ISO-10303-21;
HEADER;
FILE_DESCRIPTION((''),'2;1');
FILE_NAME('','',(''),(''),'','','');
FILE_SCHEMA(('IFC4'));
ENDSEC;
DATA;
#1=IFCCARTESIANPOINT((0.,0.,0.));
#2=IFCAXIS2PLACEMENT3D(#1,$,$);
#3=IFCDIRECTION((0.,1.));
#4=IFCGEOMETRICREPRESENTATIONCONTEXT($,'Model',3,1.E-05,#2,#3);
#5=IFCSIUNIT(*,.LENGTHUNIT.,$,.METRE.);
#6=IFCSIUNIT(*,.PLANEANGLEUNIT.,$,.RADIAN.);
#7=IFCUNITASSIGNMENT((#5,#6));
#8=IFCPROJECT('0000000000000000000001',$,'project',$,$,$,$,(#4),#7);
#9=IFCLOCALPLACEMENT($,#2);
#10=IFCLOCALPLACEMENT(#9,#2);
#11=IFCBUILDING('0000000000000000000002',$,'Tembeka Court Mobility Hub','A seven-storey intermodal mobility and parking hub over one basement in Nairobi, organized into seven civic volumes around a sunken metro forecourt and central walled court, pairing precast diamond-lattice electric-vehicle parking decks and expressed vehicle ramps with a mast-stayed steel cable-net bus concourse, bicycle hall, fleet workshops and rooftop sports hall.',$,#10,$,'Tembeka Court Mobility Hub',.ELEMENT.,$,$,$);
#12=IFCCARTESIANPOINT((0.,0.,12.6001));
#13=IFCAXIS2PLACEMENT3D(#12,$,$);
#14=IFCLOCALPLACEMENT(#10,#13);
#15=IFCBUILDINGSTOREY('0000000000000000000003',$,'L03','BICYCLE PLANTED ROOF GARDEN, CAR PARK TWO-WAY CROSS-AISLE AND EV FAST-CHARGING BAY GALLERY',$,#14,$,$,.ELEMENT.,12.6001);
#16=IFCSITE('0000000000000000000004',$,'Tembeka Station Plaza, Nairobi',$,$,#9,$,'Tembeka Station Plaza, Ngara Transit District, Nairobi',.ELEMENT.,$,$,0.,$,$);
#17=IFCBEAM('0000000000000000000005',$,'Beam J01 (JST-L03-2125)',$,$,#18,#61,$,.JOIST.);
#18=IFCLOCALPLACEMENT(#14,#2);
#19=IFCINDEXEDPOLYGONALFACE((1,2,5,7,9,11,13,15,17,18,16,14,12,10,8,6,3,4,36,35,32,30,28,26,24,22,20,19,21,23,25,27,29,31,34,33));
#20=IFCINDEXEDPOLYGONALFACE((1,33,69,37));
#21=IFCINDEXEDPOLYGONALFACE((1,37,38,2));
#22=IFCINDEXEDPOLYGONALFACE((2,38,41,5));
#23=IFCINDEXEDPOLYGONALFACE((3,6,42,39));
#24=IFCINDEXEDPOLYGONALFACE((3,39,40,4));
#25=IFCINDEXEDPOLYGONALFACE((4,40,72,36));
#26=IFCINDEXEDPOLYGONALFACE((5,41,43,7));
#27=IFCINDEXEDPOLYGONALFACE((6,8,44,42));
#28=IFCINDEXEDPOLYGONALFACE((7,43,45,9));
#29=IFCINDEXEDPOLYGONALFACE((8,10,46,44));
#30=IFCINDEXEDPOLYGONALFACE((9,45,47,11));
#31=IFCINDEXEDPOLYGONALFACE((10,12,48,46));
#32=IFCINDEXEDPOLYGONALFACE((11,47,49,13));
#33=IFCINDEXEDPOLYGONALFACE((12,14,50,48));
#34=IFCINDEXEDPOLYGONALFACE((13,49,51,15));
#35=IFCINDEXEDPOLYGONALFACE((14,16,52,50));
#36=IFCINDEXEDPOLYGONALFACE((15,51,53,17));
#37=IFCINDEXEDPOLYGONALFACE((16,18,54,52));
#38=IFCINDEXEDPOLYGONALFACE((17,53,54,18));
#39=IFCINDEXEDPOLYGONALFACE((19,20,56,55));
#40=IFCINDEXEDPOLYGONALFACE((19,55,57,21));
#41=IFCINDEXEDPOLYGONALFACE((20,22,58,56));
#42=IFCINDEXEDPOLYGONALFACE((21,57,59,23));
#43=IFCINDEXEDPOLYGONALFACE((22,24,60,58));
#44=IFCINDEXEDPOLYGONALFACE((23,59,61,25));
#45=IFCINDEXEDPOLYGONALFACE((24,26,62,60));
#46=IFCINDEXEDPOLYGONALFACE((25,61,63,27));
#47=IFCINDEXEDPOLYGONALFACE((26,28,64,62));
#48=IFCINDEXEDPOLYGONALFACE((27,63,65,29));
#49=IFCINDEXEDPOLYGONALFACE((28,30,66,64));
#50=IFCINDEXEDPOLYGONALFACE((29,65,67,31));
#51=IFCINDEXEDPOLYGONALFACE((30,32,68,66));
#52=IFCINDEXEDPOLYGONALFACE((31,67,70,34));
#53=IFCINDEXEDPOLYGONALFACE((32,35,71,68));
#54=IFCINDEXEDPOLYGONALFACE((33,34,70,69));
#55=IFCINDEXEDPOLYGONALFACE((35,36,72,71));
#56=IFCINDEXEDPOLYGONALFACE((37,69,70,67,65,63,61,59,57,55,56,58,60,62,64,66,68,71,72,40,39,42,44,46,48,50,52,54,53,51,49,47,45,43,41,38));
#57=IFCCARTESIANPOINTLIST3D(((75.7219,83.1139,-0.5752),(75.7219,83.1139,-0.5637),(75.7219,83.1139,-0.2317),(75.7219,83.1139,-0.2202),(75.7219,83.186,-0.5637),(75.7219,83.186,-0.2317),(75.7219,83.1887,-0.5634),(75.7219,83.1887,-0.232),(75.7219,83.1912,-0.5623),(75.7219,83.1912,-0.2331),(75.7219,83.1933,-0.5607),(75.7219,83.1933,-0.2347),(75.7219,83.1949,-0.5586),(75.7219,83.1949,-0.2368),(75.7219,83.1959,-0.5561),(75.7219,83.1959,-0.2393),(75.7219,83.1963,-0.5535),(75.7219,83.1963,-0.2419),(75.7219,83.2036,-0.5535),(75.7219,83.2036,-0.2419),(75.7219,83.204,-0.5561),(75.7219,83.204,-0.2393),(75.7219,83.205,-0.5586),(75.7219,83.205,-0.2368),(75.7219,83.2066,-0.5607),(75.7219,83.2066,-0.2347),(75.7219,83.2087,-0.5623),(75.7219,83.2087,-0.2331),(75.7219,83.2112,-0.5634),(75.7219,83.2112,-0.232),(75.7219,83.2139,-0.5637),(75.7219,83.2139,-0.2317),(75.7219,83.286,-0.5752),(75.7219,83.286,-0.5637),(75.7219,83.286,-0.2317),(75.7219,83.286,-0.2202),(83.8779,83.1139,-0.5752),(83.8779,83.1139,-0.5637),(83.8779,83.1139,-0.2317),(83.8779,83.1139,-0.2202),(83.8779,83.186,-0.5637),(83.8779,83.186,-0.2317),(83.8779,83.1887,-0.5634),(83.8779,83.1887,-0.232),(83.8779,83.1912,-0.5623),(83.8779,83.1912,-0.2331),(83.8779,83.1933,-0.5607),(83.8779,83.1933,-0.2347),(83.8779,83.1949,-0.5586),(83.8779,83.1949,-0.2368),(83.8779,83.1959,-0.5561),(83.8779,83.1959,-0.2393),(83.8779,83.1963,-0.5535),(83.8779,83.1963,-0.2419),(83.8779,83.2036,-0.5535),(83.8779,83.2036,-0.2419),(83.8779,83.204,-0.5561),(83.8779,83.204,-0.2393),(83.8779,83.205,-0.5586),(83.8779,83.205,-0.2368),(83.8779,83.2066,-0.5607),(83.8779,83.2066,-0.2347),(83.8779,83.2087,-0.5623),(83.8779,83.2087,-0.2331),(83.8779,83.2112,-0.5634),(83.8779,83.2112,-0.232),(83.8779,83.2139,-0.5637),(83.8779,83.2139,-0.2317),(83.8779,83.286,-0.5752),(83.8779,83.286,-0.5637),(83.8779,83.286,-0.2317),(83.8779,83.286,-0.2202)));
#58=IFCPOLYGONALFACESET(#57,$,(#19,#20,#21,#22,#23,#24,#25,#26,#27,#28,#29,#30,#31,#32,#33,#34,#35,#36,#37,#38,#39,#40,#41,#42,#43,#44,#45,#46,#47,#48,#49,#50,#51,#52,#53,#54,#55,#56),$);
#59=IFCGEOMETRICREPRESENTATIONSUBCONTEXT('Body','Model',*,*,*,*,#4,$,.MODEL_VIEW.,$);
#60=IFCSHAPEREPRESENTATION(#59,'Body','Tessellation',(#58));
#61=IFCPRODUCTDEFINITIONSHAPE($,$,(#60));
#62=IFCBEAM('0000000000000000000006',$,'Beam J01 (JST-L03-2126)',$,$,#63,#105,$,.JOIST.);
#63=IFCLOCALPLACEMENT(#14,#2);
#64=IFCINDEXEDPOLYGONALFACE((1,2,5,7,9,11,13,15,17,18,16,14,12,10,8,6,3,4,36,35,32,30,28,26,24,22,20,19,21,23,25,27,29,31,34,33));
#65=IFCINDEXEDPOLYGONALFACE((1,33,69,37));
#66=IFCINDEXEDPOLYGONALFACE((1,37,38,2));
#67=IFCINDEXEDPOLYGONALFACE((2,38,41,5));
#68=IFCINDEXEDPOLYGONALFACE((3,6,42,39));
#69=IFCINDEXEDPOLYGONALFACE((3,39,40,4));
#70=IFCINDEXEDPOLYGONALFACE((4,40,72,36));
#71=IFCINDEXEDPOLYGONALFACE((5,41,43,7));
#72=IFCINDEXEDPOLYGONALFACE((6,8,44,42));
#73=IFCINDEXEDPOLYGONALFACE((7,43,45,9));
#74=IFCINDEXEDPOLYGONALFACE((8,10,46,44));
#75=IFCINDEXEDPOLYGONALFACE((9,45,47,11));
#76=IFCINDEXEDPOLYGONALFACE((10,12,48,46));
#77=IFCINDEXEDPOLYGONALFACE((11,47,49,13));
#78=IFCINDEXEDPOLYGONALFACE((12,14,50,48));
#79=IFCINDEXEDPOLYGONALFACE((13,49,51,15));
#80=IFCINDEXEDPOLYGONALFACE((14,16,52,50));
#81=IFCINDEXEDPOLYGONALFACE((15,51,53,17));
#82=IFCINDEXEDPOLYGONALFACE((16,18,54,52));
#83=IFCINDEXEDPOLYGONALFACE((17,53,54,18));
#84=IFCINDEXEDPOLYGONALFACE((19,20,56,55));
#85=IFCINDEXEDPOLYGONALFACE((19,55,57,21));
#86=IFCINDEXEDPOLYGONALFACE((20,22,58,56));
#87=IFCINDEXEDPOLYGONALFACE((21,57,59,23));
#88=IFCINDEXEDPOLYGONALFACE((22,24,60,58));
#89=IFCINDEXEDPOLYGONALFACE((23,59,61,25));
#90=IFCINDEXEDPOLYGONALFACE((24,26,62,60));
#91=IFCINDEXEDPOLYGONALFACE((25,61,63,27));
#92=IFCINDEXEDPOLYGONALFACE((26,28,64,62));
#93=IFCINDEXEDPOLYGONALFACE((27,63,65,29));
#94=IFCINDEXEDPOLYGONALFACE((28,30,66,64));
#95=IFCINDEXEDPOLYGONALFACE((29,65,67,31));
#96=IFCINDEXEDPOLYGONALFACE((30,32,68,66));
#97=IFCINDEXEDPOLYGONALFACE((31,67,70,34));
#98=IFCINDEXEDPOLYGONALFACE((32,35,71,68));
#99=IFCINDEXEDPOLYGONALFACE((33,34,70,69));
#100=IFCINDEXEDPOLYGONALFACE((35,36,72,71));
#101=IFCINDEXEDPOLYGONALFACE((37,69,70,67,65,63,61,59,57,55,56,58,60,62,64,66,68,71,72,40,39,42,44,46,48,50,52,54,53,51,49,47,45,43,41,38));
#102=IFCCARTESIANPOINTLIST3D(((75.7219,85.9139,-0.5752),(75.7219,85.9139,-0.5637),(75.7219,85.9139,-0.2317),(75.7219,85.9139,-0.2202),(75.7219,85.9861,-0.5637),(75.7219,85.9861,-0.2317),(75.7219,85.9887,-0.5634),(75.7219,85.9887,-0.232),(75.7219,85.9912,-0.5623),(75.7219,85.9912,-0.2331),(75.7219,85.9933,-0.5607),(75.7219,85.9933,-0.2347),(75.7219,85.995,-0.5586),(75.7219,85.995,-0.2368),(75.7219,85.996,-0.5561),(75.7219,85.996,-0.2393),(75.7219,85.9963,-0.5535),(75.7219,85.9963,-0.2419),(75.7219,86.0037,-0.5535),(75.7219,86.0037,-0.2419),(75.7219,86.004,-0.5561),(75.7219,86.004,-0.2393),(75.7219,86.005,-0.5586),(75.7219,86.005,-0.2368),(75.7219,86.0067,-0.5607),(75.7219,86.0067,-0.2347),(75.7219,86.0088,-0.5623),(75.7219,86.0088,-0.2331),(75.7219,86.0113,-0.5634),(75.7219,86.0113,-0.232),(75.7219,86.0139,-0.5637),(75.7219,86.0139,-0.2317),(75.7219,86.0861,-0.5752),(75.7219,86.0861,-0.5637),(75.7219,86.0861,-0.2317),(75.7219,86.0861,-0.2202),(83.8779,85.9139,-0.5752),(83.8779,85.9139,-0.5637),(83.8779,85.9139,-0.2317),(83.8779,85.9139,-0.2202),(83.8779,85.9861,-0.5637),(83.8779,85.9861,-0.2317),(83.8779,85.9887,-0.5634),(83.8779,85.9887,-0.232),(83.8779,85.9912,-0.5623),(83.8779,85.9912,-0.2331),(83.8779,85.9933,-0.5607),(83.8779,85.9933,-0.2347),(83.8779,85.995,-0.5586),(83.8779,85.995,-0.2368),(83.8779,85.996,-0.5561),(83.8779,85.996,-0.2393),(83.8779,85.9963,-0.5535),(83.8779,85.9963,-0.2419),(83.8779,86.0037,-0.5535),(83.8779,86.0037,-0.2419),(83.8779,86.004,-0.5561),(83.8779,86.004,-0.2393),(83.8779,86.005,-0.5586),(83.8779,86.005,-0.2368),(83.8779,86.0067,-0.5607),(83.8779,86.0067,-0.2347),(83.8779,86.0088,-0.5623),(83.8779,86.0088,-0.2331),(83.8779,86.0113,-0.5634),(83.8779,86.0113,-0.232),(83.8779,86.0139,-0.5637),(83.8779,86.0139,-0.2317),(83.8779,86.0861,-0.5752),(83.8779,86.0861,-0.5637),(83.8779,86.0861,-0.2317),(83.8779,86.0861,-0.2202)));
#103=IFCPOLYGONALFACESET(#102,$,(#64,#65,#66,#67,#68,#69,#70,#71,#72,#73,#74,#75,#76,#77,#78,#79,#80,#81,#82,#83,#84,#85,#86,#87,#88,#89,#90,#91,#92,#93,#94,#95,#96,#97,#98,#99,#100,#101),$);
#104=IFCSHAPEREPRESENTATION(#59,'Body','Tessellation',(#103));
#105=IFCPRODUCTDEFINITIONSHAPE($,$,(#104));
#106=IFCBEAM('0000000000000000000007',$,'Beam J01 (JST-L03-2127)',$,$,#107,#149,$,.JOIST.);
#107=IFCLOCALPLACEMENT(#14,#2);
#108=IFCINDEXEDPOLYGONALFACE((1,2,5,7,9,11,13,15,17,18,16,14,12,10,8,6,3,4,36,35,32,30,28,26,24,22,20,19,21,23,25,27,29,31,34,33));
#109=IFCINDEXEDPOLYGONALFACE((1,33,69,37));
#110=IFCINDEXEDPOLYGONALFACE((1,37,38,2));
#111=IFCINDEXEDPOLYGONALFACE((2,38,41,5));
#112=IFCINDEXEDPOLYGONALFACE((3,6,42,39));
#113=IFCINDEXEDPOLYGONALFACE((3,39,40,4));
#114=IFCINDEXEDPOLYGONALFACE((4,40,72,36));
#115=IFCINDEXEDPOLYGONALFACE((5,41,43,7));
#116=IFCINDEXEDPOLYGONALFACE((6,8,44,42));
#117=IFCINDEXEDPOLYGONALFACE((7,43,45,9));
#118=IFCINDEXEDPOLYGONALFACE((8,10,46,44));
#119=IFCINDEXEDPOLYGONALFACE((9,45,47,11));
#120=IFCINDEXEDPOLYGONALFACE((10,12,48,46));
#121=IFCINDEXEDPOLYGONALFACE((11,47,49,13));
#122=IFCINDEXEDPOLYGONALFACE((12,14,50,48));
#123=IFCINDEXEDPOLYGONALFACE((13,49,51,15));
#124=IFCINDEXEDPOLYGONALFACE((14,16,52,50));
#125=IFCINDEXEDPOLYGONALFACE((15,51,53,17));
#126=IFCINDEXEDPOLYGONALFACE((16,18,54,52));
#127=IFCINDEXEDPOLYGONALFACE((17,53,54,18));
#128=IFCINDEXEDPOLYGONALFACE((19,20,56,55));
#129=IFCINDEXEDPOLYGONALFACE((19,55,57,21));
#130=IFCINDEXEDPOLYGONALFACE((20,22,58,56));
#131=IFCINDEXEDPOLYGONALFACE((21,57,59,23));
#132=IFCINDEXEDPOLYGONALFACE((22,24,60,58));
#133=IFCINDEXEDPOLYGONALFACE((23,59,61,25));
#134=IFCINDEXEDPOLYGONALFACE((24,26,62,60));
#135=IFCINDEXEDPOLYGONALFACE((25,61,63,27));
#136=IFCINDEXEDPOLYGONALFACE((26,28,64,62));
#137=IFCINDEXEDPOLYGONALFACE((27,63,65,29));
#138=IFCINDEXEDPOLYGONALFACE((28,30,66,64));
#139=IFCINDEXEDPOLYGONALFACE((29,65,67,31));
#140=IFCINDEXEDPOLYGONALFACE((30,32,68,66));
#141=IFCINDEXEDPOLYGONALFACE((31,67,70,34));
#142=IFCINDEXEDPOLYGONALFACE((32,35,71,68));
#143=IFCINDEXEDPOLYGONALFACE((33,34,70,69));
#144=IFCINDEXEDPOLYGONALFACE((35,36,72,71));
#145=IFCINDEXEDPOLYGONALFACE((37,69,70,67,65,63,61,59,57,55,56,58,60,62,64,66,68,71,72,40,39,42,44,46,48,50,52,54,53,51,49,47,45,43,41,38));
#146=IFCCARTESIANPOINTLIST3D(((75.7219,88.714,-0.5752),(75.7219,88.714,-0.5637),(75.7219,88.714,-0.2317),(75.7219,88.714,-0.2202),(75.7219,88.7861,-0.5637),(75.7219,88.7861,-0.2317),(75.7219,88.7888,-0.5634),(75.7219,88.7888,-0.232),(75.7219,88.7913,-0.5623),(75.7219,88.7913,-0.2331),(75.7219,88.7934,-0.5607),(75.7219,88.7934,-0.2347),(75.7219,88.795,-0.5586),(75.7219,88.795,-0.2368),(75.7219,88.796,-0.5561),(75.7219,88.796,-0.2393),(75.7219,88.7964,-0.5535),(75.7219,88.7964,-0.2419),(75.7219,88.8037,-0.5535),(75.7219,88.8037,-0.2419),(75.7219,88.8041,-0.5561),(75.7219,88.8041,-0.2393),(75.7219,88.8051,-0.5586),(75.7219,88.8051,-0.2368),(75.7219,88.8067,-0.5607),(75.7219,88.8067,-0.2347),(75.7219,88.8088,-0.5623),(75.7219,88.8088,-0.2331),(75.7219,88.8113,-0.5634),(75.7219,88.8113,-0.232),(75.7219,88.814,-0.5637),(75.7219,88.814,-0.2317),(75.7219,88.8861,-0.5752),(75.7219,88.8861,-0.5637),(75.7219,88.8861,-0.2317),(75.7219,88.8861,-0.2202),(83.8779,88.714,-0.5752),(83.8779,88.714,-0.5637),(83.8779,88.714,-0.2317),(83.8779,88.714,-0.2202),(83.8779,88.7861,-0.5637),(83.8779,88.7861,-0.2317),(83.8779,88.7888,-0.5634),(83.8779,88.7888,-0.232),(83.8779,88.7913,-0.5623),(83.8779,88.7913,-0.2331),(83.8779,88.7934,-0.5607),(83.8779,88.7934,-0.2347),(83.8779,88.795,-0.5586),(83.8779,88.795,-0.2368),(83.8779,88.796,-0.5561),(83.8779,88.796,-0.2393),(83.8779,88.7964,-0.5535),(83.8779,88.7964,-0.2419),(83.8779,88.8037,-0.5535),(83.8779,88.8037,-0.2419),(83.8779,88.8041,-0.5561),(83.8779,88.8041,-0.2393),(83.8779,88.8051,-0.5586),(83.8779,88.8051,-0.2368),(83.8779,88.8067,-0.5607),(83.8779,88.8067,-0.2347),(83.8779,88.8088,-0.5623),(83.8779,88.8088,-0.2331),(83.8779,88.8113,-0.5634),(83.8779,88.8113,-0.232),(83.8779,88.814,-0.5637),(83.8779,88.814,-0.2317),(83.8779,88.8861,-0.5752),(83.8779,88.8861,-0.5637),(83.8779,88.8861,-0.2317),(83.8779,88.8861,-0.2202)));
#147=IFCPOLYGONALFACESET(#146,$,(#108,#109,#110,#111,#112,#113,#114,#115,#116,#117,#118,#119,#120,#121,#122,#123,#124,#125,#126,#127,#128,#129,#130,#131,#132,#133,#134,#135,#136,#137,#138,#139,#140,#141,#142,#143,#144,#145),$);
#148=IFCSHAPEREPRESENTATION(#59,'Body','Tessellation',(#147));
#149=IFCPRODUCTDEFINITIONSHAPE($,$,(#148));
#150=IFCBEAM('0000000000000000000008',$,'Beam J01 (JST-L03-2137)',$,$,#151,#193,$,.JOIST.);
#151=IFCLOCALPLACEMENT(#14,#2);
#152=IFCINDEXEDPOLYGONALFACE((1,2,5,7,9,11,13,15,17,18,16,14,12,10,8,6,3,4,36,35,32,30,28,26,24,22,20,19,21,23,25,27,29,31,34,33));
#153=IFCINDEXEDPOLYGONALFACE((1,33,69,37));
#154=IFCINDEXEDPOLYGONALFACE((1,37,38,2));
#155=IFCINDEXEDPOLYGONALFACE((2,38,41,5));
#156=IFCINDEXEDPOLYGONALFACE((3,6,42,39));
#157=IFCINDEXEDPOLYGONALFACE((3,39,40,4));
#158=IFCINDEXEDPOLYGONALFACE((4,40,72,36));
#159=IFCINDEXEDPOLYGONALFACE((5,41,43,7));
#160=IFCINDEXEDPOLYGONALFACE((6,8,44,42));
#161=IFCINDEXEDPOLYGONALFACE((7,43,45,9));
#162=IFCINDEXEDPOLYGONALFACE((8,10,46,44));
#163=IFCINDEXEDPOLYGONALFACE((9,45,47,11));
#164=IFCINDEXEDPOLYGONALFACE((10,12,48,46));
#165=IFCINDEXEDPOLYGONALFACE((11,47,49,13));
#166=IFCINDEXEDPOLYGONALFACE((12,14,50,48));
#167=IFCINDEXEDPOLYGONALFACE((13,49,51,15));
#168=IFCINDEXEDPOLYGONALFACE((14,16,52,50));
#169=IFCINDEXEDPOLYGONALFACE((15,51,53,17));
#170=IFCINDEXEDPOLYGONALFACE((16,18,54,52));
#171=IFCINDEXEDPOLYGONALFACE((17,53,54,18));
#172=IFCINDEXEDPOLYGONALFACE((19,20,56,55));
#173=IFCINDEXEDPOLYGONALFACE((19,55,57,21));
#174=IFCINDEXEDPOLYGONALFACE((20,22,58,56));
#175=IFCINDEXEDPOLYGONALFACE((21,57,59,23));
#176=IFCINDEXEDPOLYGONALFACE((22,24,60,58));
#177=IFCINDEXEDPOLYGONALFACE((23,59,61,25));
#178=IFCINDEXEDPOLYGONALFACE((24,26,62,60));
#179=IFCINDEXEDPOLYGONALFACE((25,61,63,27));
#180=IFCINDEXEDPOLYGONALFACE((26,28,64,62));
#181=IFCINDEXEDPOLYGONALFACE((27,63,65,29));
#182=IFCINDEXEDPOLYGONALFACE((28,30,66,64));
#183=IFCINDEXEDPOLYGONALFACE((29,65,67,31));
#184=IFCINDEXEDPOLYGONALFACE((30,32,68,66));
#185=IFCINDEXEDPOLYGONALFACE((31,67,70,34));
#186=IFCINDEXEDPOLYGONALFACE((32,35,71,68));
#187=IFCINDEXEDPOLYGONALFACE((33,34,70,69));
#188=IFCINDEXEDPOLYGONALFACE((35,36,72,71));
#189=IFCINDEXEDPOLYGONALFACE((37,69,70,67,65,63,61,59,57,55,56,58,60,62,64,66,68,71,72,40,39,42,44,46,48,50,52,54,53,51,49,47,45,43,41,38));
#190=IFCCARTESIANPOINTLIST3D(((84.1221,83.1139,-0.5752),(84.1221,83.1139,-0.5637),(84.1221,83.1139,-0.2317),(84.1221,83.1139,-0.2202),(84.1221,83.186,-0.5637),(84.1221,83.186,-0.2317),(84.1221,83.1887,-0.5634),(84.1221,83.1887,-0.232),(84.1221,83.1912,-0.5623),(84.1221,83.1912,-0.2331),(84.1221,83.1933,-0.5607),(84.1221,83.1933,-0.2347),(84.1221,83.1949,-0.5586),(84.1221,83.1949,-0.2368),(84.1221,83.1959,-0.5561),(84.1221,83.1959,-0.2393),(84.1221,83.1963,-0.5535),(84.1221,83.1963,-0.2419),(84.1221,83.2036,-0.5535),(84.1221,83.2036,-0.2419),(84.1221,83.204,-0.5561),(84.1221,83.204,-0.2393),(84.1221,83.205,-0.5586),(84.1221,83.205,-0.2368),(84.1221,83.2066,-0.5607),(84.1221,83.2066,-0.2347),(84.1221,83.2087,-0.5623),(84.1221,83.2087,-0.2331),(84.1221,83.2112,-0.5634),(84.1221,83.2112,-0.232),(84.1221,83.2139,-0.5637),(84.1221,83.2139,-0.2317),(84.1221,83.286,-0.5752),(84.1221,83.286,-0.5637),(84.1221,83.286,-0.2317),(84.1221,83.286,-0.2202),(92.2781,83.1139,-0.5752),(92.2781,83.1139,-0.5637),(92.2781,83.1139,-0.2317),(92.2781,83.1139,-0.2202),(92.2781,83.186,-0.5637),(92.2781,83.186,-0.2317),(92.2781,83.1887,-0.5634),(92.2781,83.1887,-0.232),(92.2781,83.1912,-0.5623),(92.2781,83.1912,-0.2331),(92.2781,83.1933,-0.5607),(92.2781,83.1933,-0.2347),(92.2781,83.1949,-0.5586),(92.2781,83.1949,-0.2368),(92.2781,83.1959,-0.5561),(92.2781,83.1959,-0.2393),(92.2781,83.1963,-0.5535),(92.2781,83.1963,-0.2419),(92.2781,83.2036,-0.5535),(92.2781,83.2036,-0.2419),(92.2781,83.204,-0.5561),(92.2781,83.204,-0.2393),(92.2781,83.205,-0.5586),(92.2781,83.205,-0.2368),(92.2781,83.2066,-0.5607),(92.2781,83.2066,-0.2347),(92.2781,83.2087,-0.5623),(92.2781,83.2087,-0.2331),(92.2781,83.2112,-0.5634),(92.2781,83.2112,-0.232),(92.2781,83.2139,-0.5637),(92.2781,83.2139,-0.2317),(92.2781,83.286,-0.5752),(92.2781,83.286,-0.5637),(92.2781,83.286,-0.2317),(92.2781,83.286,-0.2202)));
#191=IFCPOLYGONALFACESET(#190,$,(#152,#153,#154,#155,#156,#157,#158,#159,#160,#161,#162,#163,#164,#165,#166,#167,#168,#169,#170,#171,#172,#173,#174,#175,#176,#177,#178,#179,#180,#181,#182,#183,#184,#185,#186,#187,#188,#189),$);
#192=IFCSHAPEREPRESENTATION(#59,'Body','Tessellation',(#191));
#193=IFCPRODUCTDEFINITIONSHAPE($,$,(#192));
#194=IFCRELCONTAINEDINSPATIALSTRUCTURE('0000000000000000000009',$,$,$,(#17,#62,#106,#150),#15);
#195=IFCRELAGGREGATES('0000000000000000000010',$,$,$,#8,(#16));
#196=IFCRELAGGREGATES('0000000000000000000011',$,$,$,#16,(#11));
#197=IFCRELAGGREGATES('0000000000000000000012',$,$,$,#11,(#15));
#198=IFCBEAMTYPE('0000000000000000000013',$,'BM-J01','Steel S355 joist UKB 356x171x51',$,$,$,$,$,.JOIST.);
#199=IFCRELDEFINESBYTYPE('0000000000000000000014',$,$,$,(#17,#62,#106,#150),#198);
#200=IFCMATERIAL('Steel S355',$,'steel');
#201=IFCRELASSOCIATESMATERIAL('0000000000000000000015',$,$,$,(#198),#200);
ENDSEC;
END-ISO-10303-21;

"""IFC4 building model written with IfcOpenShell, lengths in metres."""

from ifc_helpers import new_model, si_unit, direction, frame, origin, origin_2d, place, context, subcontext, project, spatial, i_section, extrude, material, material_profile, profile_set, type_object, element, save


model = new_model("IFC4")

# Units and contexts
model_context = context("Model", 3, precision=1e-05, world=origin(), true_north=direction((0.0, 1.0)))
body_context = subcontext(model_context, "Body", "Model", "MODEL_VIEW")
ifc_project = project(units=[si_unit("LENGTHUNIT", "METRE"), si_unit("PLANEANGLEUNIT", "RADIAN")], contexts=[model_context])

# Site, building, storey
site_placement = place(None, origin())
site = spatial("IfcSite", under=ifc_project, at=site_placement, Name="Tembeka Station Plaza, Nairobi", LongName="Tembeka Station Plaza, Ngara Transit District, Nairobi", CompositionType="ELEMENT", RefElevation=0.0)
building_placement = place(site_placement, origin())
building = spatial("IfcBuilding", under=site, at=building_placement, Name="Tembeka Court Mobility Hub", Description="A seven-storey intermodal mobility and parking hub over one basement in Nairobi, organized into seven civic volumes around a sunken metro forecourt and central walled court, pairing precast diamond-lattice electric-vehicle parking decks and expressed vehicle ramps with a mast-stayed steel cable-net bus concourse, bicycle hall, fleet workshops and rooftop sports hall.", LongName="Tembeka Court Mobility Hub", CompositionType="ELEMENT")
storey_placement = place(building_placement, frame((0.0, 0.0, 12.6001)))
storey = spatial("IfcBuildingStorey", under=building, at=storey_placement, Name="L03", Description="BICYCLE PLANTED ROOF GARDEN, CAR PARK TWO-WAY CROSS-AISLE AND EV FAST-CHARGING BAY GALLERY", CompositionType="ELEMENT", Elevation=12.6001)

# Shared definitions
ifc_material_1 = material(Name="Steel S355", Category="steel")

# Beams
ifc_material_profile_1 = material_profile(ifc_material_1, i_section(OverallWidth=0.1721, OverallDepth=0.355, WebThickness=0.0073, FlangeThickness=0.0115, FilletRadius=0.0103, at=origin_2d()), Name="UKB 356x171x51")
ifc_profile_set_1 = profile_set([ifc_material_profile_1], Name="Steel S355")
beam_type_1 = type_object("IfcBeamType", Name="BM-J01", Description="Steel S355 joist UKB 356x171x51", PredefinedType="JOIST", material=ifc_profile_set_1)
for number, where, z_axis, x_axis, name in (
    (1, (75.7219, 83.2, -0.3977), (1.0, 0.0, 0.0), (0.0, 1.0, 0.0), "Beam J01 (JST-L03-2125)"),
    (2, (75.7219, 86.0, -0.3977), (1.0, 0.0, 0.0), (0.0, 1.0, 0.0), "Beam J01 (JST-L03-2126)"),
    (3, (75.7219, 88.8, -0.3977), (1.0, 0.0, 0.0), (0.0, 1.0, 0.0), "Beam J01 (JST-L03-2127)"),
    (4, (84.1221, 83.2, -0.3977), (1.0, 0.0, 0.0), (0.0, 1.0, 0.0), "Beam J01 (JST-L03-2137)"),
):
    element("IfcBeam", number, at=place(storey_placement, frame(where, z_axis=z_axis, x_axis=x_axis)), inside=storey, type_object=beam_type_1, Name=name, PredefinedType="JOIST", context=body_context, shape_type="SweptSolid", body=[
        extrude(i_section(OverallWidth=0.1721, OverallDepth=0.355, WebThickness=0.0073, FlangeThickness=0.0115, FilletRadius=0.0103, at=origin_2d()), origin(), (0.0, 0.0, 1.0), 8.156),
    ])

save(model, "model.ifc")
